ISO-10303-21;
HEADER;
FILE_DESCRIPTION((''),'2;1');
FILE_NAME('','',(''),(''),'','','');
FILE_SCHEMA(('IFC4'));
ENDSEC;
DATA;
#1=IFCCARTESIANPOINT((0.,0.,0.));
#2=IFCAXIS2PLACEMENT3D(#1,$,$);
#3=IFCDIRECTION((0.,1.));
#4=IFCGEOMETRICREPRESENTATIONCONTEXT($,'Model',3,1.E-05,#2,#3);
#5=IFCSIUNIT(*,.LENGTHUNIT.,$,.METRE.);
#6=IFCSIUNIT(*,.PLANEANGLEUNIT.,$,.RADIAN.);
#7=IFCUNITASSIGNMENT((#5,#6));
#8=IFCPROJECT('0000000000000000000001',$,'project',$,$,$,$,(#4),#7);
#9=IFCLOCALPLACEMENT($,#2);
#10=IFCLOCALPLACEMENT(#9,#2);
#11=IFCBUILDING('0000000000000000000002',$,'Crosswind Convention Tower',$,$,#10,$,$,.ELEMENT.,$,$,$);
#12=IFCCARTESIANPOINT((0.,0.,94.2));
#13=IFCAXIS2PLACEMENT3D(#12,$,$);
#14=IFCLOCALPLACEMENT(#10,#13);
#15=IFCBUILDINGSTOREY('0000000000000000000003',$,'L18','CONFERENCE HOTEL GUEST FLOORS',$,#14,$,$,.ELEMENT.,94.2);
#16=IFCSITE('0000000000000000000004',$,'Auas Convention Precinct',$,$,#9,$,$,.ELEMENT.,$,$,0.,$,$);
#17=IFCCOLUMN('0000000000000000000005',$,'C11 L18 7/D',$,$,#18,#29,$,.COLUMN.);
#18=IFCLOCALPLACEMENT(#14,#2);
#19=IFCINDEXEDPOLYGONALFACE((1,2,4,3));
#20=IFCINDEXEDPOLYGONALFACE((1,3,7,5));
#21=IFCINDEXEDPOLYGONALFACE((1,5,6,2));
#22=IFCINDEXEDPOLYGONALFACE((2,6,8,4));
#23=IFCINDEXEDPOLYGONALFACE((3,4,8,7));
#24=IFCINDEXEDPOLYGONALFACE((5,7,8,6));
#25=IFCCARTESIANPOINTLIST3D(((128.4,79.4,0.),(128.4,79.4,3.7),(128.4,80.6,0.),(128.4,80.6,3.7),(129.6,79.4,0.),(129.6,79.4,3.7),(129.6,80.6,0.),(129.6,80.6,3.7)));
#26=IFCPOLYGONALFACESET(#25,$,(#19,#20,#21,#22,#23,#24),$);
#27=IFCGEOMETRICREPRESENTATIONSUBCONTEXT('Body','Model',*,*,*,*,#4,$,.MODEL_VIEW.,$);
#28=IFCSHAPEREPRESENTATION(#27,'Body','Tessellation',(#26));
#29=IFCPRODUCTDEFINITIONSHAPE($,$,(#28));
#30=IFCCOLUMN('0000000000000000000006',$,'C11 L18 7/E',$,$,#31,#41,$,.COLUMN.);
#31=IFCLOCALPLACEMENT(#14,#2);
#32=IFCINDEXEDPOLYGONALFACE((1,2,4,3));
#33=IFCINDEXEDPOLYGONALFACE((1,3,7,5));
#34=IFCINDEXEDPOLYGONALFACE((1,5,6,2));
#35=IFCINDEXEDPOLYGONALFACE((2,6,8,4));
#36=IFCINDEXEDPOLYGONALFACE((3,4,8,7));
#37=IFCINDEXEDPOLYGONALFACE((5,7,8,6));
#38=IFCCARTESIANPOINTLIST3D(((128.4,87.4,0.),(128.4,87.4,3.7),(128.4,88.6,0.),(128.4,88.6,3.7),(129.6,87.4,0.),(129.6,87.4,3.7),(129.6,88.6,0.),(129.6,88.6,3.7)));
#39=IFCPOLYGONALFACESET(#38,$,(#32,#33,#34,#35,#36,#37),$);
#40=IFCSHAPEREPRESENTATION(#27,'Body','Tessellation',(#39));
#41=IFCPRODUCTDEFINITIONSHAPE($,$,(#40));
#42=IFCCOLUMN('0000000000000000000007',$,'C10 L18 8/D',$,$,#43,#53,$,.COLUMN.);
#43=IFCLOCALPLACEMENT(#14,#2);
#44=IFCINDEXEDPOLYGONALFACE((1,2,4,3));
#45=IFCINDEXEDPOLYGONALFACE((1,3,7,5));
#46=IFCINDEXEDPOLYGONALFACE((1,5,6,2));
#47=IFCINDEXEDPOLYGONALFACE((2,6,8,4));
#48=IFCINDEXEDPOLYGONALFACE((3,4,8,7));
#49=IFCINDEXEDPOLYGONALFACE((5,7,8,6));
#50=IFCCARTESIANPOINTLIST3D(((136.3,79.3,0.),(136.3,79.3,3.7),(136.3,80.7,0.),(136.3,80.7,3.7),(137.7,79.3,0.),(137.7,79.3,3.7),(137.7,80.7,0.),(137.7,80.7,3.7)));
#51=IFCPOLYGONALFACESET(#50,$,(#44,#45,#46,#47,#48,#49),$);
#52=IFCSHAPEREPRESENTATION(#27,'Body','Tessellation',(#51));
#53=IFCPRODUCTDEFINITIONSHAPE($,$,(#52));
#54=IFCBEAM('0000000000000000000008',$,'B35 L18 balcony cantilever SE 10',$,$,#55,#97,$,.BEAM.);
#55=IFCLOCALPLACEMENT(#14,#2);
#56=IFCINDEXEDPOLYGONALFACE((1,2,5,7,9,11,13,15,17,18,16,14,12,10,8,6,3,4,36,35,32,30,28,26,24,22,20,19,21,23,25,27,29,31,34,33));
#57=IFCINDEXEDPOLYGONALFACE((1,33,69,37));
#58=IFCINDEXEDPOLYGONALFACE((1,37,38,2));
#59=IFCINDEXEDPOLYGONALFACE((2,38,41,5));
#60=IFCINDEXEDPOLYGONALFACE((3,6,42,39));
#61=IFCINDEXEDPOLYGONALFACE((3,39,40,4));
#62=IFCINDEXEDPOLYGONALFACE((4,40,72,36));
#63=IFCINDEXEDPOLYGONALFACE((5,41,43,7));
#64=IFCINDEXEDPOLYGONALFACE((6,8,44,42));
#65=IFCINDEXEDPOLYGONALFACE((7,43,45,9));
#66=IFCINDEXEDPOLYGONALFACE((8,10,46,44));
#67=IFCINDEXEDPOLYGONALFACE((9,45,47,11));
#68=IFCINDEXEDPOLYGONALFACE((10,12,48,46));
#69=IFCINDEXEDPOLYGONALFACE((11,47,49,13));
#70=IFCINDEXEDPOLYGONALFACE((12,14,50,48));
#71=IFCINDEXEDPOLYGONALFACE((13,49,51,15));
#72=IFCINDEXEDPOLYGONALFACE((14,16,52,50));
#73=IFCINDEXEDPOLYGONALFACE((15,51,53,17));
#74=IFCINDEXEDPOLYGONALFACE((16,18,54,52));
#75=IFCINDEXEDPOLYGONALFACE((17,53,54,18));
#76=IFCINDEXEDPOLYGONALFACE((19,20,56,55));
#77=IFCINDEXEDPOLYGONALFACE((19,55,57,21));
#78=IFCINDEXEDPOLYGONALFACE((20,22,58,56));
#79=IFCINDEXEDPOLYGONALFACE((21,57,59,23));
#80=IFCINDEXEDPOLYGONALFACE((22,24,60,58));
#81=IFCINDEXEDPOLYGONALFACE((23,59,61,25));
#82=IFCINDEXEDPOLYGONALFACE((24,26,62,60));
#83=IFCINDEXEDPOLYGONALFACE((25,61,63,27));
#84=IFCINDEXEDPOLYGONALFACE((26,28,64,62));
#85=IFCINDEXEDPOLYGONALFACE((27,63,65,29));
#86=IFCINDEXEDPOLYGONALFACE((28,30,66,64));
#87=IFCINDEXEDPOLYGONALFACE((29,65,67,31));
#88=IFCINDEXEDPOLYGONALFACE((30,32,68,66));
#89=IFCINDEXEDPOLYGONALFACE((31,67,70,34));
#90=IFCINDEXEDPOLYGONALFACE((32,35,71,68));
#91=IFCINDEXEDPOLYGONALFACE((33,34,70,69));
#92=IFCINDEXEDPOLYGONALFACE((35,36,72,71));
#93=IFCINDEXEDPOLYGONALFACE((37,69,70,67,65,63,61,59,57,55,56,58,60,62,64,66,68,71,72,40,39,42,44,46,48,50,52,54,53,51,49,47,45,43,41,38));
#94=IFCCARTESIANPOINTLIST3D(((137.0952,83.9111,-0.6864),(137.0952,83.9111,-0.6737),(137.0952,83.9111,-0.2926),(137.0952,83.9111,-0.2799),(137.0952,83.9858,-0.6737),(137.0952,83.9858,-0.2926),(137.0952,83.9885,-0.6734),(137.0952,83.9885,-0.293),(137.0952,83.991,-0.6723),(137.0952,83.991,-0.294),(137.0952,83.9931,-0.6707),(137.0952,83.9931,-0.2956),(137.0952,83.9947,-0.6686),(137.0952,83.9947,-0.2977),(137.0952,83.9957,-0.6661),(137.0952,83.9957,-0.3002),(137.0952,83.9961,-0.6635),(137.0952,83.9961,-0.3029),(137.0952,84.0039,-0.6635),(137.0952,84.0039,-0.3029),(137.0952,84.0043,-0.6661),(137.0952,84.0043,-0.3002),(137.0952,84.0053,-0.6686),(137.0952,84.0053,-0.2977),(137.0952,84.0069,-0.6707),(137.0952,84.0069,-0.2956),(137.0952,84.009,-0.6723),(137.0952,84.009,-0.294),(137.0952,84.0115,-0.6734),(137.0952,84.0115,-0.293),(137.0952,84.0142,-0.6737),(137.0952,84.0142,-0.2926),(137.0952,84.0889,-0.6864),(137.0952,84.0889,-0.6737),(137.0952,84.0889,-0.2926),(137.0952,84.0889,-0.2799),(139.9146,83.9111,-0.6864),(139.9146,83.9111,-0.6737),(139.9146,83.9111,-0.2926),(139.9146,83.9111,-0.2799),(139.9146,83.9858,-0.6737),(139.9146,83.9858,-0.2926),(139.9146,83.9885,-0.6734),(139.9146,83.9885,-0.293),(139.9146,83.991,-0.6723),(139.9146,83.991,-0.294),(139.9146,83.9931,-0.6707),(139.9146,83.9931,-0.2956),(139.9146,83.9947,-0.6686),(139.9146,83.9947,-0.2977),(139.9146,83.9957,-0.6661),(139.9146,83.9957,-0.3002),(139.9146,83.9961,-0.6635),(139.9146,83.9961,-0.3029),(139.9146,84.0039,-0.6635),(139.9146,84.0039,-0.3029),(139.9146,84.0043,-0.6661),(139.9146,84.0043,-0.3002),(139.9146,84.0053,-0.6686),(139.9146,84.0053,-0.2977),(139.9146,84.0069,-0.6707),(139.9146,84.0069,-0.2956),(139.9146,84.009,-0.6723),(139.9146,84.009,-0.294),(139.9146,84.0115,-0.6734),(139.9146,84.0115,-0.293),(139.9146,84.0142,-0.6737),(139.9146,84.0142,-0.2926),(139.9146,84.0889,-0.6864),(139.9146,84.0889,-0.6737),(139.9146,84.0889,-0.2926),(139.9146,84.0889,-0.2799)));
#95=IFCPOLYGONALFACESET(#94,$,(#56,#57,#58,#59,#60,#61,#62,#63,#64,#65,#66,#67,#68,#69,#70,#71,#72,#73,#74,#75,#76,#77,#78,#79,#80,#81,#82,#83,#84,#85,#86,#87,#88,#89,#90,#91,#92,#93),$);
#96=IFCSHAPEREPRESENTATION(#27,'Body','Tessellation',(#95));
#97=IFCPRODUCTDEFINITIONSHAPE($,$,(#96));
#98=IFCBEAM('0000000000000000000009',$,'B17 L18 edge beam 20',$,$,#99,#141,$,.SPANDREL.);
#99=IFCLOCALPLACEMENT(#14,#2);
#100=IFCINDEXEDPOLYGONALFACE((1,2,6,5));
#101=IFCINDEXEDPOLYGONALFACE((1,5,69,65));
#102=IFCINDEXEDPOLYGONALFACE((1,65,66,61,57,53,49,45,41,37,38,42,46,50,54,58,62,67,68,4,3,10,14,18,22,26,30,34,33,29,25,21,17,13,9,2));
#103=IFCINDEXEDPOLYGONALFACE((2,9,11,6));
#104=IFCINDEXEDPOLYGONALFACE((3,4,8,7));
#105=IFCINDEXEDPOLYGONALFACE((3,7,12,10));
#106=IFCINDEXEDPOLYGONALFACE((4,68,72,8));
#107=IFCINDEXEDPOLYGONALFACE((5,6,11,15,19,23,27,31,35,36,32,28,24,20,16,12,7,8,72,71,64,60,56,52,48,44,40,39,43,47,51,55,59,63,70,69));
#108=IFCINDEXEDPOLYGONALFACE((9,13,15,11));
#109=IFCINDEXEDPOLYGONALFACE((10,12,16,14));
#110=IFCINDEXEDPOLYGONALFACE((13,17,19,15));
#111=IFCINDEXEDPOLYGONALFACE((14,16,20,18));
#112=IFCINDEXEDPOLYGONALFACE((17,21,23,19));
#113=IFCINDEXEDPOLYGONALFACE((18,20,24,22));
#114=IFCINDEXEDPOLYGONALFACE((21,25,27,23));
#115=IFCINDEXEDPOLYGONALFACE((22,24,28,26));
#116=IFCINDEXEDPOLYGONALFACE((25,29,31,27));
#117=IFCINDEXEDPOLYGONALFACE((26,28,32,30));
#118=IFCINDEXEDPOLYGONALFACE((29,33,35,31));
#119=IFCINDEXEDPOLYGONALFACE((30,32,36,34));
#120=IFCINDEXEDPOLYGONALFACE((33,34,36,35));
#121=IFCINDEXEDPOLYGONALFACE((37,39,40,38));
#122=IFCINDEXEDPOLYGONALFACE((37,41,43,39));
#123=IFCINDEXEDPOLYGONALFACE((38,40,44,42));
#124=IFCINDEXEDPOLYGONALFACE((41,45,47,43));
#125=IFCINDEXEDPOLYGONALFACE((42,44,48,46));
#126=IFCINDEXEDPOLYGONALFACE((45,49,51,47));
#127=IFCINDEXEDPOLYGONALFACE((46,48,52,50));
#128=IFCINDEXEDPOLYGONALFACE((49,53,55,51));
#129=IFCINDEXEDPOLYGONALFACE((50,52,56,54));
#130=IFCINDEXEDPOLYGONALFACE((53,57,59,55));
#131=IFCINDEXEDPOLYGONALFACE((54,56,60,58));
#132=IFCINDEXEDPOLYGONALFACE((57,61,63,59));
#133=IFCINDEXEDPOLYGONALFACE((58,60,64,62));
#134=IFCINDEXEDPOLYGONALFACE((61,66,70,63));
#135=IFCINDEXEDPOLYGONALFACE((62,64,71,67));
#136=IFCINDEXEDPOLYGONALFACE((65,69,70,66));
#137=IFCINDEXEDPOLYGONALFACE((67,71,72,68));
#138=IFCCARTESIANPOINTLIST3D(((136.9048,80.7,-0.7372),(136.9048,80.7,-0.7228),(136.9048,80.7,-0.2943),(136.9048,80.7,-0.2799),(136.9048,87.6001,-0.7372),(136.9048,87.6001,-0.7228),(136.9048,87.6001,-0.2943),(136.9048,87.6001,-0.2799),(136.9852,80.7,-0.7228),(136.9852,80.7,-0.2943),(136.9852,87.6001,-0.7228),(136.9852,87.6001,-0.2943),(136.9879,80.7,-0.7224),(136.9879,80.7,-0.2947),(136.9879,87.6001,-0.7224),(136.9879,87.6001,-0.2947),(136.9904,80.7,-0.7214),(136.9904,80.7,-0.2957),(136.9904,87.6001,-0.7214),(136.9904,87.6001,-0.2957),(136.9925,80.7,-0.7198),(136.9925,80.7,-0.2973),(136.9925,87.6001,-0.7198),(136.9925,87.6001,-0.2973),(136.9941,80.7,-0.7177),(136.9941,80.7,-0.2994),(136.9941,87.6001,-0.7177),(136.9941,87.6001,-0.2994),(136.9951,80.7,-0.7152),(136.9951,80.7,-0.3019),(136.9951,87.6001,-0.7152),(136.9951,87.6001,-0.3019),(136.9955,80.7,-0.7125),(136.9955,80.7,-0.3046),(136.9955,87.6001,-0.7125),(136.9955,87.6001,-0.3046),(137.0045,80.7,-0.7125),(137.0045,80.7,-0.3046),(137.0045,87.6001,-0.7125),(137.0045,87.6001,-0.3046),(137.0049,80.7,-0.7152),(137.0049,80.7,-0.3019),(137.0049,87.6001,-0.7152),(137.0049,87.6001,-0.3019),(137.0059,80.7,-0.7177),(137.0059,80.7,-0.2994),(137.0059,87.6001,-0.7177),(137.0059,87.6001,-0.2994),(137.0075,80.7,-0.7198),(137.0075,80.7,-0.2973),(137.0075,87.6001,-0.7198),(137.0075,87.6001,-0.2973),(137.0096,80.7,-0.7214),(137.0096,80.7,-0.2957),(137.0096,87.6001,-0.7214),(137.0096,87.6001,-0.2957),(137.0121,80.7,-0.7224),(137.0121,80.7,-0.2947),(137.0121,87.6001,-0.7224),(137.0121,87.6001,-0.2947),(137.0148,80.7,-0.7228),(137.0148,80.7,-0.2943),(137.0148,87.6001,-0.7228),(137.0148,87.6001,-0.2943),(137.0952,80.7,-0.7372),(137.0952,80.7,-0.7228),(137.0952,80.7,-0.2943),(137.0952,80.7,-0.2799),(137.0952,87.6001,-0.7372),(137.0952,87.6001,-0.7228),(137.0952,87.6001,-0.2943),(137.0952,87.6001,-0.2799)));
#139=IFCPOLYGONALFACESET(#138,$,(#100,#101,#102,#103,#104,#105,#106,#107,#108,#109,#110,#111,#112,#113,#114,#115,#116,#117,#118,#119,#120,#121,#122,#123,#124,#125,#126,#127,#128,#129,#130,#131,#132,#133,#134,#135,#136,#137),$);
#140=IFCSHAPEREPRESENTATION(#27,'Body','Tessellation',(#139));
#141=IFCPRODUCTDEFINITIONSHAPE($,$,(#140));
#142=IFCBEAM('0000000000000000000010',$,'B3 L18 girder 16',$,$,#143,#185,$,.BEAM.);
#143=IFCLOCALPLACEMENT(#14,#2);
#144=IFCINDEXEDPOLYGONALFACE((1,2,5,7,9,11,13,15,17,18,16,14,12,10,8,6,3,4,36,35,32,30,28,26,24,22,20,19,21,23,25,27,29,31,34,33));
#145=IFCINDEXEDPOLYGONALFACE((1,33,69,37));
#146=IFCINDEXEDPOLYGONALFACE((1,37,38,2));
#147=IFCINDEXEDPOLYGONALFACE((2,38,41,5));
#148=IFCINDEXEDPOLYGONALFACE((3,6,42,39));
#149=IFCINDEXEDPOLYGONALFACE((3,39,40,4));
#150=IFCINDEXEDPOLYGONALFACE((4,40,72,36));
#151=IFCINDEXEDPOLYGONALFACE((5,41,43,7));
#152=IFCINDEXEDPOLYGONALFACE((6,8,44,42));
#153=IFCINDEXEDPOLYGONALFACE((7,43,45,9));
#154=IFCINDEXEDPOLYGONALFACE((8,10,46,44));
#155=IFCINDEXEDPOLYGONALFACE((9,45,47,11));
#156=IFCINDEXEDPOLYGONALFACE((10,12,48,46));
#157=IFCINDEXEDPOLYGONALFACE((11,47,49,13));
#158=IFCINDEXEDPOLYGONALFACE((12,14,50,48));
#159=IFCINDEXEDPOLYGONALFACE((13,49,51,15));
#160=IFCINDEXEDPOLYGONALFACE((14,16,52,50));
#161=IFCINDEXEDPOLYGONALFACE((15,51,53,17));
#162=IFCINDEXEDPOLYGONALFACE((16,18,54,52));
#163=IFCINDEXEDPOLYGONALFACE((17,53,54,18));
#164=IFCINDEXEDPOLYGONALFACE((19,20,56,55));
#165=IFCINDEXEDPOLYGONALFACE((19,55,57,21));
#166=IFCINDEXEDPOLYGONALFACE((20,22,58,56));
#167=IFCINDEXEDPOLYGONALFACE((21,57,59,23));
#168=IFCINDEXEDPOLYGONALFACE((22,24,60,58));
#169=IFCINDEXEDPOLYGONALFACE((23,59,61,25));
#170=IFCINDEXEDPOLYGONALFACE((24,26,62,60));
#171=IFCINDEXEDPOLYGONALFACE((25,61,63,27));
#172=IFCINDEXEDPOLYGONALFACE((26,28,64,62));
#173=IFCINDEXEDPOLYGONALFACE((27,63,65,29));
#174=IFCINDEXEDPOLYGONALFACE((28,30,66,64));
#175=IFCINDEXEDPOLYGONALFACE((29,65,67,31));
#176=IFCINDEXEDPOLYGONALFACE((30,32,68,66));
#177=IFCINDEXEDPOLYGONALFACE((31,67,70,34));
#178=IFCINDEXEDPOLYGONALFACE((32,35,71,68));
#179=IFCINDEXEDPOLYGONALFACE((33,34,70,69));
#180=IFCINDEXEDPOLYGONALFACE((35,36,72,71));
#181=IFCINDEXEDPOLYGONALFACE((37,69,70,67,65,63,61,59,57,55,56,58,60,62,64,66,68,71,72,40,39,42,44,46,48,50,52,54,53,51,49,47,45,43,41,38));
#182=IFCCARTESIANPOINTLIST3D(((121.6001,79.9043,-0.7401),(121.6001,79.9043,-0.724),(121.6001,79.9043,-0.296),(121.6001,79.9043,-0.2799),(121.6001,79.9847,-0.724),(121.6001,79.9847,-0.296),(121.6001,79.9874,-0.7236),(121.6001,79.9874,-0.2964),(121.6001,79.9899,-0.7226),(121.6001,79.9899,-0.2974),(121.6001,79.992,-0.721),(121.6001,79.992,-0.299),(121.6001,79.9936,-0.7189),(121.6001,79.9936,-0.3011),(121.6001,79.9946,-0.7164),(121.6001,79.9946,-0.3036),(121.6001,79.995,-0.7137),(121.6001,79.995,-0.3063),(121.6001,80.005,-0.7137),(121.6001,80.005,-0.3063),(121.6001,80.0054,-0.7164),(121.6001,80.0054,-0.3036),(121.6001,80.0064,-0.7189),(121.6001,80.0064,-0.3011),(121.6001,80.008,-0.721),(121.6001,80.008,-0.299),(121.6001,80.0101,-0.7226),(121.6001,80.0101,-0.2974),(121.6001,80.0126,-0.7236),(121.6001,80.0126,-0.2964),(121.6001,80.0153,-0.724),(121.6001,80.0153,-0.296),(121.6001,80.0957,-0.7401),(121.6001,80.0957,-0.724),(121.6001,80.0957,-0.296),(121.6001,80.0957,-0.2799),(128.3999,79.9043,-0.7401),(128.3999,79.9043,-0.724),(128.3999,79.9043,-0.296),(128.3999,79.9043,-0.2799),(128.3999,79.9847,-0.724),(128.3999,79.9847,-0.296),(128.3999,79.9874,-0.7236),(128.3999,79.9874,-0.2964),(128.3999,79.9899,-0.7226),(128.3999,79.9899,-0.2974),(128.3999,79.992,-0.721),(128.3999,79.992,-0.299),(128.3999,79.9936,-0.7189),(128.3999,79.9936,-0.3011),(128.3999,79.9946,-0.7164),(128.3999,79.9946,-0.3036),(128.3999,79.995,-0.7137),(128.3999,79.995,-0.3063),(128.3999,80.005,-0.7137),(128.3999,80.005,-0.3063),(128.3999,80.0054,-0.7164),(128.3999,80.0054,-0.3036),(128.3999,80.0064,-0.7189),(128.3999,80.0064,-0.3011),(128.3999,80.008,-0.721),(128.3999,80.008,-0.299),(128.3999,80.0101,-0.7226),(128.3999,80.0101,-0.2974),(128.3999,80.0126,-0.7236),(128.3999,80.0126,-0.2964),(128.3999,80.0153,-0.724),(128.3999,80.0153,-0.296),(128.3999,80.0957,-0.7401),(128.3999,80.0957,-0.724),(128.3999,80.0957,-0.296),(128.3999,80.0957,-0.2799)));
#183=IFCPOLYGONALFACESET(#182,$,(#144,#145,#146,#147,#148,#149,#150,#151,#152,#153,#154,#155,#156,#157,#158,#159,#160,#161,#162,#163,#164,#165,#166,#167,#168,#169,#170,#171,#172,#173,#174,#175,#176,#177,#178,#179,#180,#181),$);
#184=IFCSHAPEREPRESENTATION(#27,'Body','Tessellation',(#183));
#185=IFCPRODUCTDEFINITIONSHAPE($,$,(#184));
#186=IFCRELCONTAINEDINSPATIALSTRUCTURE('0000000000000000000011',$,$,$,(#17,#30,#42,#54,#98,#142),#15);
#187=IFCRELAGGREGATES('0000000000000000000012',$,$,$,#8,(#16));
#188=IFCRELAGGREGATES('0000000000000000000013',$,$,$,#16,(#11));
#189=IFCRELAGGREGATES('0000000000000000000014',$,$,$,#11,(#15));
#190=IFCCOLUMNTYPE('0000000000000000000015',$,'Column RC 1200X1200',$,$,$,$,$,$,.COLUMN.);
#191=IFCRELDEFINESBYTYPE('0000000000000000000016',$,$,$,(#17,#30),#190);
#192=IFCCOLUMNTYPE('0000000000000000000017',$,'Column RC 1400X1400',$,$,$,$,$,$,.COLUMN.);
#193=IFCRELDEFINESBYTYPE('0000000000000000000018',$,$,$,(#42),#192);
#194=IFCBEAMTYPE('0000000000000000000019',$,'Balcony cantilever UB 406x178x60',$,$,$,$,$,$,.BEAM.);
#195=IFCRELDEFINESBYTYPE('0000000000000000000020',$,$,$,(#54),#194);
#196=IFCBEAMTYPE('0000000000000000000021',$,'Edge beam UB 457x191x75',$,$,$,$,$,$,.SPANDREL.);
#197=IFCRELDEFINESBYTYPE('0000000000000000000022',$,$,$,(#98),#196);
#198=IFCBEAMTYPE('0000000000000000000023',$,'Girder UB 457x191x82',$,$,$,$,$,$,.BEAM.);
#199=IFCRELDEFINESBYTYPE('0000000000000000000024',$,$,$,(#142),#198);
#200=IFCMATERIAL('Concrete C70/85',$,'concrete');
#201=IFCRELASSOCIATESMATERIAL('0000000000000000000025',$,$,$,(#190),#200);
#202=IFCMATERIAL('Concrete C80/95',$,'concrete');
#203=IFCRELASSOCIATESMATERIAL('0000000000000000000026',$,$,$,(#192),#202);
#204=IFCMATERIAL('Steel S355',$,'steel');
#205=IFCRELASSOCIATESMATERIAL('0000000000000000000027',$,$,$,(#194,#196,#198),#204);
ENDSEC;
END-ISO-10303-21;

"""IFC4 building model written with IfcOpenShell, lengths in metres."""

from ifc_helpers import new_model, si_unit, direction, frame, origin, origin_2d, place, context, subcontext, project, spatial, rectangle, i_section, extrude, material, material_profile, profile_set, type_object, element, save


model = new_model("IFC4")

# Units and contexts
model_context = context("Model", 3, precision=1e-05, world=origin(), true_north=direction((0.0, 1.0)))
body_context = subcontext(model_context, "Body", "Model", "MODEL_VIEW")
ifc_project = project(units=[si_unit("LENGTHUNIT", "METRE"), si_unit("PLANEANGLEUNIT", "RADIAN")], contexts=[model_context])

# Site, building, storey
site_placement = place(None, origin())
site = spatial("IfcSite", under=ifc_project, at=site_placement, Name="Auas Convention Precinct", CompositionType="ELEMENT", RefElevation=0.0)
building_placement = place(site_placement, origin())
building = spatial("IfcBuilding", under=site, at=building_placement, Name="Crosswind Convention Tower", CompositionType="ELEMENT")
storey_placement = place(building_placement, frame((0.0, 0.0, 94.2)))
storey = spatial("IfcBuildingStorey", under=building, at=storey_placement, Name="L18", Description="CONFERENCE HOTEL GUEST FLOORS", CompositionType="ELEMENT", Elevation=94.2)

# Columns
ifc_material_1 = material(Name="Concrete C70/85", Category="concrete")
ifc_material_profile_1 = material_profile(ifc_material_1, rectangle(XDim=1.2, YDim=1.2, at=origin_2d()), Name="RC 1200X1200")
ifc_profile_set_1 = profile_set([ifc_material_profile_1], Name="Concrete C70/85")
column_type_1 = type_object("IfcColumnType", Name="Column RC 1200X1200", PredefinedType="COLUMN", material=ifc_profile_set_1)
for number, where, z_axis, x_axis, name in (
    (1, (129.0, 80.0, 0.0), (0.0, 0.0, 1.0), (1.0, 0.0, 0.0), "C11 L18 7/D"),
    (2, (129.0, 88.0, 0.0), (0.0, 0.0, 1.0), (1.0, 0.0, 0.0), "C11 L18 7/E"),
):
    element("IfcColumn", number, at=place(storey_placement, frame(where, z_axis=z_axis, x_axis=x_axis)), inside=storey, type_object=column_type_1, Name=name, PredefinedType="COLUMN", context=body_context, shape_type="SweptSolid", body=[
        extrude(rectangle(XDim=1.2, YDim=1.2, at=origin_2d()), origin(), (0.0, 0.0, 1.0), 3.7),
    ])
ifc_material_2 = material(Name="Concrete C80/95", Category="concrete")
ifc_material_profile_2 = material_profile(ifc_material_2, rectangle(XDim=1.3999, YDim=1.3999, at=origin_2d()), Name="RC 1400X1400")
ifc_profile_set_2 = profile_set([ifc_material_profile_2], Name="Concrete C80/95")
column_type_2 = type_object("IfcColumnType", Name="Column RC 1400X1400", PredefinedType="COLUMN", material=ifc_profile_set_2)
column_placement = place(storey_placement, frame((137.0, 80.0, 0.0), z_axis=(0.0, 0.0, 1.0), x_axis=(1.0, 0.0, 0.0)))
element("IfcColumn", 3, at=column_placement, inside=storey, type_object=column_type_2, Name="C10 L18 8/D", PredefinedType="COLUMN", context=body_context, shape_type="SweptSolid", body=[
    extrude(rectangle(XDim=1.3999, YDim=1.3999, at=origin_2d()), origin(), (0.0, 0.0, 1.0), 3.7),
])

# Beams
ifc_material_3 = material(Name="Steel S355", Category="steel")
ifc_material_profile_3 = material_profile(ifc_material_3, i_section(OverallWidth=0.1777, OverallDepth=0.4065, WebThickness=0.0078, FlangeThickness=0.0127, FilletRadius=0.0103, at=origin_2d()), Name="UB 406x178x60")
ifc_profile_set_3 = profile_set([ifc_material_profile_3], Name="Steel S355")
beam_type_1 = type_object("IfcBeamType", Name="Balcony cantilever UB 406x178x60", PredefinedType="BEAM", material=ifc_profile_set_3)
beam_1_placement = place(storey_placement, frame((137.0952, 84.0, -0.4832), z_axis=(1.0, 0.0, 0.0), x_axis=(0.0, 1.0, 0.0)))
element("IfcBeam", 4, at=beam_1_placement, inside=storey, type_object=beam_type_1, Name="B35 L18 balcony cantilever SE 10", PredefinedType="BEAM", context=body_context, shape_type="SweptSolid", body=[
    extrude(i_section(OverallWidth=0.1777, OverallDepth=0.4065, WebThickness=0.0078, FlangeThickness=0.0127, FilletRadius=0.0103, at=origin_2d()), origin(), (0.0, 0.0, 1.0), 2.8193),
])
ifc_material_profile_4 = material_profile(ifc_material_3, i_section(OverallWidth=0.1904, OverallDepth=0.4573, WebThickness=0.009, FlangeThickness=0.0144, FilletRadius=0.0103, at=origin_2d()), Name="UB 457x191x75")
ifc_profile_set_4 = profile_set([ifc_material_profile_4], Name="Steel S355")
beam_type_2 = type_object("IfcBeamType", Name="Edge beam UB 457x191x75", PredefinedType="SPANDREL", material=ifc_profile_set_4)
beam_2_placement = place(storey_placement, frame((137.0, 80.7, -0.5085), z_axis=(0.0, 1.0, 0.0), x_axis=(-1.0, 0.0, 0.0)))
element("IfcBeam", 5, at=beam_2_placement, inside=storey, type_object=beam_type_2, Name="B17 L18 edge beam 20", PredefinedType="SPANDREL", context=body_context, shape_type="SweptSolid", body=[
    extrude(i_section(OverallWidth=0.1904, OverallDepth=0.4573, WebThickness=0.009, FlangeThickness=0.0144, FilletRadius=0.0103, at=origin_2d()), origin(), (0.0, 0.0, 1.0), 6.9001),
])
ifc_material_profile_5 = material_profile(ifc_material_3, i_section(OverallWidth=0.1914, OverallDepth=0.4602, WebThickness=0.01, FlangeThickness=0.0161, FilletRadius=0.0103, at=origin_2d()), Name="UB 457x191x82")
ifc_profile_set_5 = profile_set([ifc_material_profile_5], Name="Steel S355")
beam_type_3 = type_object("IfcBeamType", Name="Girder UB 457x191x82", PredefinedType="BEAM", material=ifc_profile_set_5)
for number, where, z_axis, x_axis, name in (
    (6, (121.6001, 80.0, -0.51), (1.0, 0.0, 0.0), (0.0, 1.0, 0.0), "B3 L18 girder 16"),
):
    element("IfcBeam", number, at=place(storey_placement, frame(where, z_axis=z_axis, x_axis=x_axis)), inside=storey, type_object=beam_type_3, Name=name, PredefinedType="BEAM", context=body_context, shape_type="SweptSolid", body=[
        extrude(i_section(OverallWidth=0.1914, OverallDepth=0.4602, WebThickness=0.01, FlangeThickness=0.0161, FilletRadius=0.0103, at=origin_2d()), origin(), (0.0, 0.0, 1.0), 6.7998),
    ])

save(model, "model.ifc")
